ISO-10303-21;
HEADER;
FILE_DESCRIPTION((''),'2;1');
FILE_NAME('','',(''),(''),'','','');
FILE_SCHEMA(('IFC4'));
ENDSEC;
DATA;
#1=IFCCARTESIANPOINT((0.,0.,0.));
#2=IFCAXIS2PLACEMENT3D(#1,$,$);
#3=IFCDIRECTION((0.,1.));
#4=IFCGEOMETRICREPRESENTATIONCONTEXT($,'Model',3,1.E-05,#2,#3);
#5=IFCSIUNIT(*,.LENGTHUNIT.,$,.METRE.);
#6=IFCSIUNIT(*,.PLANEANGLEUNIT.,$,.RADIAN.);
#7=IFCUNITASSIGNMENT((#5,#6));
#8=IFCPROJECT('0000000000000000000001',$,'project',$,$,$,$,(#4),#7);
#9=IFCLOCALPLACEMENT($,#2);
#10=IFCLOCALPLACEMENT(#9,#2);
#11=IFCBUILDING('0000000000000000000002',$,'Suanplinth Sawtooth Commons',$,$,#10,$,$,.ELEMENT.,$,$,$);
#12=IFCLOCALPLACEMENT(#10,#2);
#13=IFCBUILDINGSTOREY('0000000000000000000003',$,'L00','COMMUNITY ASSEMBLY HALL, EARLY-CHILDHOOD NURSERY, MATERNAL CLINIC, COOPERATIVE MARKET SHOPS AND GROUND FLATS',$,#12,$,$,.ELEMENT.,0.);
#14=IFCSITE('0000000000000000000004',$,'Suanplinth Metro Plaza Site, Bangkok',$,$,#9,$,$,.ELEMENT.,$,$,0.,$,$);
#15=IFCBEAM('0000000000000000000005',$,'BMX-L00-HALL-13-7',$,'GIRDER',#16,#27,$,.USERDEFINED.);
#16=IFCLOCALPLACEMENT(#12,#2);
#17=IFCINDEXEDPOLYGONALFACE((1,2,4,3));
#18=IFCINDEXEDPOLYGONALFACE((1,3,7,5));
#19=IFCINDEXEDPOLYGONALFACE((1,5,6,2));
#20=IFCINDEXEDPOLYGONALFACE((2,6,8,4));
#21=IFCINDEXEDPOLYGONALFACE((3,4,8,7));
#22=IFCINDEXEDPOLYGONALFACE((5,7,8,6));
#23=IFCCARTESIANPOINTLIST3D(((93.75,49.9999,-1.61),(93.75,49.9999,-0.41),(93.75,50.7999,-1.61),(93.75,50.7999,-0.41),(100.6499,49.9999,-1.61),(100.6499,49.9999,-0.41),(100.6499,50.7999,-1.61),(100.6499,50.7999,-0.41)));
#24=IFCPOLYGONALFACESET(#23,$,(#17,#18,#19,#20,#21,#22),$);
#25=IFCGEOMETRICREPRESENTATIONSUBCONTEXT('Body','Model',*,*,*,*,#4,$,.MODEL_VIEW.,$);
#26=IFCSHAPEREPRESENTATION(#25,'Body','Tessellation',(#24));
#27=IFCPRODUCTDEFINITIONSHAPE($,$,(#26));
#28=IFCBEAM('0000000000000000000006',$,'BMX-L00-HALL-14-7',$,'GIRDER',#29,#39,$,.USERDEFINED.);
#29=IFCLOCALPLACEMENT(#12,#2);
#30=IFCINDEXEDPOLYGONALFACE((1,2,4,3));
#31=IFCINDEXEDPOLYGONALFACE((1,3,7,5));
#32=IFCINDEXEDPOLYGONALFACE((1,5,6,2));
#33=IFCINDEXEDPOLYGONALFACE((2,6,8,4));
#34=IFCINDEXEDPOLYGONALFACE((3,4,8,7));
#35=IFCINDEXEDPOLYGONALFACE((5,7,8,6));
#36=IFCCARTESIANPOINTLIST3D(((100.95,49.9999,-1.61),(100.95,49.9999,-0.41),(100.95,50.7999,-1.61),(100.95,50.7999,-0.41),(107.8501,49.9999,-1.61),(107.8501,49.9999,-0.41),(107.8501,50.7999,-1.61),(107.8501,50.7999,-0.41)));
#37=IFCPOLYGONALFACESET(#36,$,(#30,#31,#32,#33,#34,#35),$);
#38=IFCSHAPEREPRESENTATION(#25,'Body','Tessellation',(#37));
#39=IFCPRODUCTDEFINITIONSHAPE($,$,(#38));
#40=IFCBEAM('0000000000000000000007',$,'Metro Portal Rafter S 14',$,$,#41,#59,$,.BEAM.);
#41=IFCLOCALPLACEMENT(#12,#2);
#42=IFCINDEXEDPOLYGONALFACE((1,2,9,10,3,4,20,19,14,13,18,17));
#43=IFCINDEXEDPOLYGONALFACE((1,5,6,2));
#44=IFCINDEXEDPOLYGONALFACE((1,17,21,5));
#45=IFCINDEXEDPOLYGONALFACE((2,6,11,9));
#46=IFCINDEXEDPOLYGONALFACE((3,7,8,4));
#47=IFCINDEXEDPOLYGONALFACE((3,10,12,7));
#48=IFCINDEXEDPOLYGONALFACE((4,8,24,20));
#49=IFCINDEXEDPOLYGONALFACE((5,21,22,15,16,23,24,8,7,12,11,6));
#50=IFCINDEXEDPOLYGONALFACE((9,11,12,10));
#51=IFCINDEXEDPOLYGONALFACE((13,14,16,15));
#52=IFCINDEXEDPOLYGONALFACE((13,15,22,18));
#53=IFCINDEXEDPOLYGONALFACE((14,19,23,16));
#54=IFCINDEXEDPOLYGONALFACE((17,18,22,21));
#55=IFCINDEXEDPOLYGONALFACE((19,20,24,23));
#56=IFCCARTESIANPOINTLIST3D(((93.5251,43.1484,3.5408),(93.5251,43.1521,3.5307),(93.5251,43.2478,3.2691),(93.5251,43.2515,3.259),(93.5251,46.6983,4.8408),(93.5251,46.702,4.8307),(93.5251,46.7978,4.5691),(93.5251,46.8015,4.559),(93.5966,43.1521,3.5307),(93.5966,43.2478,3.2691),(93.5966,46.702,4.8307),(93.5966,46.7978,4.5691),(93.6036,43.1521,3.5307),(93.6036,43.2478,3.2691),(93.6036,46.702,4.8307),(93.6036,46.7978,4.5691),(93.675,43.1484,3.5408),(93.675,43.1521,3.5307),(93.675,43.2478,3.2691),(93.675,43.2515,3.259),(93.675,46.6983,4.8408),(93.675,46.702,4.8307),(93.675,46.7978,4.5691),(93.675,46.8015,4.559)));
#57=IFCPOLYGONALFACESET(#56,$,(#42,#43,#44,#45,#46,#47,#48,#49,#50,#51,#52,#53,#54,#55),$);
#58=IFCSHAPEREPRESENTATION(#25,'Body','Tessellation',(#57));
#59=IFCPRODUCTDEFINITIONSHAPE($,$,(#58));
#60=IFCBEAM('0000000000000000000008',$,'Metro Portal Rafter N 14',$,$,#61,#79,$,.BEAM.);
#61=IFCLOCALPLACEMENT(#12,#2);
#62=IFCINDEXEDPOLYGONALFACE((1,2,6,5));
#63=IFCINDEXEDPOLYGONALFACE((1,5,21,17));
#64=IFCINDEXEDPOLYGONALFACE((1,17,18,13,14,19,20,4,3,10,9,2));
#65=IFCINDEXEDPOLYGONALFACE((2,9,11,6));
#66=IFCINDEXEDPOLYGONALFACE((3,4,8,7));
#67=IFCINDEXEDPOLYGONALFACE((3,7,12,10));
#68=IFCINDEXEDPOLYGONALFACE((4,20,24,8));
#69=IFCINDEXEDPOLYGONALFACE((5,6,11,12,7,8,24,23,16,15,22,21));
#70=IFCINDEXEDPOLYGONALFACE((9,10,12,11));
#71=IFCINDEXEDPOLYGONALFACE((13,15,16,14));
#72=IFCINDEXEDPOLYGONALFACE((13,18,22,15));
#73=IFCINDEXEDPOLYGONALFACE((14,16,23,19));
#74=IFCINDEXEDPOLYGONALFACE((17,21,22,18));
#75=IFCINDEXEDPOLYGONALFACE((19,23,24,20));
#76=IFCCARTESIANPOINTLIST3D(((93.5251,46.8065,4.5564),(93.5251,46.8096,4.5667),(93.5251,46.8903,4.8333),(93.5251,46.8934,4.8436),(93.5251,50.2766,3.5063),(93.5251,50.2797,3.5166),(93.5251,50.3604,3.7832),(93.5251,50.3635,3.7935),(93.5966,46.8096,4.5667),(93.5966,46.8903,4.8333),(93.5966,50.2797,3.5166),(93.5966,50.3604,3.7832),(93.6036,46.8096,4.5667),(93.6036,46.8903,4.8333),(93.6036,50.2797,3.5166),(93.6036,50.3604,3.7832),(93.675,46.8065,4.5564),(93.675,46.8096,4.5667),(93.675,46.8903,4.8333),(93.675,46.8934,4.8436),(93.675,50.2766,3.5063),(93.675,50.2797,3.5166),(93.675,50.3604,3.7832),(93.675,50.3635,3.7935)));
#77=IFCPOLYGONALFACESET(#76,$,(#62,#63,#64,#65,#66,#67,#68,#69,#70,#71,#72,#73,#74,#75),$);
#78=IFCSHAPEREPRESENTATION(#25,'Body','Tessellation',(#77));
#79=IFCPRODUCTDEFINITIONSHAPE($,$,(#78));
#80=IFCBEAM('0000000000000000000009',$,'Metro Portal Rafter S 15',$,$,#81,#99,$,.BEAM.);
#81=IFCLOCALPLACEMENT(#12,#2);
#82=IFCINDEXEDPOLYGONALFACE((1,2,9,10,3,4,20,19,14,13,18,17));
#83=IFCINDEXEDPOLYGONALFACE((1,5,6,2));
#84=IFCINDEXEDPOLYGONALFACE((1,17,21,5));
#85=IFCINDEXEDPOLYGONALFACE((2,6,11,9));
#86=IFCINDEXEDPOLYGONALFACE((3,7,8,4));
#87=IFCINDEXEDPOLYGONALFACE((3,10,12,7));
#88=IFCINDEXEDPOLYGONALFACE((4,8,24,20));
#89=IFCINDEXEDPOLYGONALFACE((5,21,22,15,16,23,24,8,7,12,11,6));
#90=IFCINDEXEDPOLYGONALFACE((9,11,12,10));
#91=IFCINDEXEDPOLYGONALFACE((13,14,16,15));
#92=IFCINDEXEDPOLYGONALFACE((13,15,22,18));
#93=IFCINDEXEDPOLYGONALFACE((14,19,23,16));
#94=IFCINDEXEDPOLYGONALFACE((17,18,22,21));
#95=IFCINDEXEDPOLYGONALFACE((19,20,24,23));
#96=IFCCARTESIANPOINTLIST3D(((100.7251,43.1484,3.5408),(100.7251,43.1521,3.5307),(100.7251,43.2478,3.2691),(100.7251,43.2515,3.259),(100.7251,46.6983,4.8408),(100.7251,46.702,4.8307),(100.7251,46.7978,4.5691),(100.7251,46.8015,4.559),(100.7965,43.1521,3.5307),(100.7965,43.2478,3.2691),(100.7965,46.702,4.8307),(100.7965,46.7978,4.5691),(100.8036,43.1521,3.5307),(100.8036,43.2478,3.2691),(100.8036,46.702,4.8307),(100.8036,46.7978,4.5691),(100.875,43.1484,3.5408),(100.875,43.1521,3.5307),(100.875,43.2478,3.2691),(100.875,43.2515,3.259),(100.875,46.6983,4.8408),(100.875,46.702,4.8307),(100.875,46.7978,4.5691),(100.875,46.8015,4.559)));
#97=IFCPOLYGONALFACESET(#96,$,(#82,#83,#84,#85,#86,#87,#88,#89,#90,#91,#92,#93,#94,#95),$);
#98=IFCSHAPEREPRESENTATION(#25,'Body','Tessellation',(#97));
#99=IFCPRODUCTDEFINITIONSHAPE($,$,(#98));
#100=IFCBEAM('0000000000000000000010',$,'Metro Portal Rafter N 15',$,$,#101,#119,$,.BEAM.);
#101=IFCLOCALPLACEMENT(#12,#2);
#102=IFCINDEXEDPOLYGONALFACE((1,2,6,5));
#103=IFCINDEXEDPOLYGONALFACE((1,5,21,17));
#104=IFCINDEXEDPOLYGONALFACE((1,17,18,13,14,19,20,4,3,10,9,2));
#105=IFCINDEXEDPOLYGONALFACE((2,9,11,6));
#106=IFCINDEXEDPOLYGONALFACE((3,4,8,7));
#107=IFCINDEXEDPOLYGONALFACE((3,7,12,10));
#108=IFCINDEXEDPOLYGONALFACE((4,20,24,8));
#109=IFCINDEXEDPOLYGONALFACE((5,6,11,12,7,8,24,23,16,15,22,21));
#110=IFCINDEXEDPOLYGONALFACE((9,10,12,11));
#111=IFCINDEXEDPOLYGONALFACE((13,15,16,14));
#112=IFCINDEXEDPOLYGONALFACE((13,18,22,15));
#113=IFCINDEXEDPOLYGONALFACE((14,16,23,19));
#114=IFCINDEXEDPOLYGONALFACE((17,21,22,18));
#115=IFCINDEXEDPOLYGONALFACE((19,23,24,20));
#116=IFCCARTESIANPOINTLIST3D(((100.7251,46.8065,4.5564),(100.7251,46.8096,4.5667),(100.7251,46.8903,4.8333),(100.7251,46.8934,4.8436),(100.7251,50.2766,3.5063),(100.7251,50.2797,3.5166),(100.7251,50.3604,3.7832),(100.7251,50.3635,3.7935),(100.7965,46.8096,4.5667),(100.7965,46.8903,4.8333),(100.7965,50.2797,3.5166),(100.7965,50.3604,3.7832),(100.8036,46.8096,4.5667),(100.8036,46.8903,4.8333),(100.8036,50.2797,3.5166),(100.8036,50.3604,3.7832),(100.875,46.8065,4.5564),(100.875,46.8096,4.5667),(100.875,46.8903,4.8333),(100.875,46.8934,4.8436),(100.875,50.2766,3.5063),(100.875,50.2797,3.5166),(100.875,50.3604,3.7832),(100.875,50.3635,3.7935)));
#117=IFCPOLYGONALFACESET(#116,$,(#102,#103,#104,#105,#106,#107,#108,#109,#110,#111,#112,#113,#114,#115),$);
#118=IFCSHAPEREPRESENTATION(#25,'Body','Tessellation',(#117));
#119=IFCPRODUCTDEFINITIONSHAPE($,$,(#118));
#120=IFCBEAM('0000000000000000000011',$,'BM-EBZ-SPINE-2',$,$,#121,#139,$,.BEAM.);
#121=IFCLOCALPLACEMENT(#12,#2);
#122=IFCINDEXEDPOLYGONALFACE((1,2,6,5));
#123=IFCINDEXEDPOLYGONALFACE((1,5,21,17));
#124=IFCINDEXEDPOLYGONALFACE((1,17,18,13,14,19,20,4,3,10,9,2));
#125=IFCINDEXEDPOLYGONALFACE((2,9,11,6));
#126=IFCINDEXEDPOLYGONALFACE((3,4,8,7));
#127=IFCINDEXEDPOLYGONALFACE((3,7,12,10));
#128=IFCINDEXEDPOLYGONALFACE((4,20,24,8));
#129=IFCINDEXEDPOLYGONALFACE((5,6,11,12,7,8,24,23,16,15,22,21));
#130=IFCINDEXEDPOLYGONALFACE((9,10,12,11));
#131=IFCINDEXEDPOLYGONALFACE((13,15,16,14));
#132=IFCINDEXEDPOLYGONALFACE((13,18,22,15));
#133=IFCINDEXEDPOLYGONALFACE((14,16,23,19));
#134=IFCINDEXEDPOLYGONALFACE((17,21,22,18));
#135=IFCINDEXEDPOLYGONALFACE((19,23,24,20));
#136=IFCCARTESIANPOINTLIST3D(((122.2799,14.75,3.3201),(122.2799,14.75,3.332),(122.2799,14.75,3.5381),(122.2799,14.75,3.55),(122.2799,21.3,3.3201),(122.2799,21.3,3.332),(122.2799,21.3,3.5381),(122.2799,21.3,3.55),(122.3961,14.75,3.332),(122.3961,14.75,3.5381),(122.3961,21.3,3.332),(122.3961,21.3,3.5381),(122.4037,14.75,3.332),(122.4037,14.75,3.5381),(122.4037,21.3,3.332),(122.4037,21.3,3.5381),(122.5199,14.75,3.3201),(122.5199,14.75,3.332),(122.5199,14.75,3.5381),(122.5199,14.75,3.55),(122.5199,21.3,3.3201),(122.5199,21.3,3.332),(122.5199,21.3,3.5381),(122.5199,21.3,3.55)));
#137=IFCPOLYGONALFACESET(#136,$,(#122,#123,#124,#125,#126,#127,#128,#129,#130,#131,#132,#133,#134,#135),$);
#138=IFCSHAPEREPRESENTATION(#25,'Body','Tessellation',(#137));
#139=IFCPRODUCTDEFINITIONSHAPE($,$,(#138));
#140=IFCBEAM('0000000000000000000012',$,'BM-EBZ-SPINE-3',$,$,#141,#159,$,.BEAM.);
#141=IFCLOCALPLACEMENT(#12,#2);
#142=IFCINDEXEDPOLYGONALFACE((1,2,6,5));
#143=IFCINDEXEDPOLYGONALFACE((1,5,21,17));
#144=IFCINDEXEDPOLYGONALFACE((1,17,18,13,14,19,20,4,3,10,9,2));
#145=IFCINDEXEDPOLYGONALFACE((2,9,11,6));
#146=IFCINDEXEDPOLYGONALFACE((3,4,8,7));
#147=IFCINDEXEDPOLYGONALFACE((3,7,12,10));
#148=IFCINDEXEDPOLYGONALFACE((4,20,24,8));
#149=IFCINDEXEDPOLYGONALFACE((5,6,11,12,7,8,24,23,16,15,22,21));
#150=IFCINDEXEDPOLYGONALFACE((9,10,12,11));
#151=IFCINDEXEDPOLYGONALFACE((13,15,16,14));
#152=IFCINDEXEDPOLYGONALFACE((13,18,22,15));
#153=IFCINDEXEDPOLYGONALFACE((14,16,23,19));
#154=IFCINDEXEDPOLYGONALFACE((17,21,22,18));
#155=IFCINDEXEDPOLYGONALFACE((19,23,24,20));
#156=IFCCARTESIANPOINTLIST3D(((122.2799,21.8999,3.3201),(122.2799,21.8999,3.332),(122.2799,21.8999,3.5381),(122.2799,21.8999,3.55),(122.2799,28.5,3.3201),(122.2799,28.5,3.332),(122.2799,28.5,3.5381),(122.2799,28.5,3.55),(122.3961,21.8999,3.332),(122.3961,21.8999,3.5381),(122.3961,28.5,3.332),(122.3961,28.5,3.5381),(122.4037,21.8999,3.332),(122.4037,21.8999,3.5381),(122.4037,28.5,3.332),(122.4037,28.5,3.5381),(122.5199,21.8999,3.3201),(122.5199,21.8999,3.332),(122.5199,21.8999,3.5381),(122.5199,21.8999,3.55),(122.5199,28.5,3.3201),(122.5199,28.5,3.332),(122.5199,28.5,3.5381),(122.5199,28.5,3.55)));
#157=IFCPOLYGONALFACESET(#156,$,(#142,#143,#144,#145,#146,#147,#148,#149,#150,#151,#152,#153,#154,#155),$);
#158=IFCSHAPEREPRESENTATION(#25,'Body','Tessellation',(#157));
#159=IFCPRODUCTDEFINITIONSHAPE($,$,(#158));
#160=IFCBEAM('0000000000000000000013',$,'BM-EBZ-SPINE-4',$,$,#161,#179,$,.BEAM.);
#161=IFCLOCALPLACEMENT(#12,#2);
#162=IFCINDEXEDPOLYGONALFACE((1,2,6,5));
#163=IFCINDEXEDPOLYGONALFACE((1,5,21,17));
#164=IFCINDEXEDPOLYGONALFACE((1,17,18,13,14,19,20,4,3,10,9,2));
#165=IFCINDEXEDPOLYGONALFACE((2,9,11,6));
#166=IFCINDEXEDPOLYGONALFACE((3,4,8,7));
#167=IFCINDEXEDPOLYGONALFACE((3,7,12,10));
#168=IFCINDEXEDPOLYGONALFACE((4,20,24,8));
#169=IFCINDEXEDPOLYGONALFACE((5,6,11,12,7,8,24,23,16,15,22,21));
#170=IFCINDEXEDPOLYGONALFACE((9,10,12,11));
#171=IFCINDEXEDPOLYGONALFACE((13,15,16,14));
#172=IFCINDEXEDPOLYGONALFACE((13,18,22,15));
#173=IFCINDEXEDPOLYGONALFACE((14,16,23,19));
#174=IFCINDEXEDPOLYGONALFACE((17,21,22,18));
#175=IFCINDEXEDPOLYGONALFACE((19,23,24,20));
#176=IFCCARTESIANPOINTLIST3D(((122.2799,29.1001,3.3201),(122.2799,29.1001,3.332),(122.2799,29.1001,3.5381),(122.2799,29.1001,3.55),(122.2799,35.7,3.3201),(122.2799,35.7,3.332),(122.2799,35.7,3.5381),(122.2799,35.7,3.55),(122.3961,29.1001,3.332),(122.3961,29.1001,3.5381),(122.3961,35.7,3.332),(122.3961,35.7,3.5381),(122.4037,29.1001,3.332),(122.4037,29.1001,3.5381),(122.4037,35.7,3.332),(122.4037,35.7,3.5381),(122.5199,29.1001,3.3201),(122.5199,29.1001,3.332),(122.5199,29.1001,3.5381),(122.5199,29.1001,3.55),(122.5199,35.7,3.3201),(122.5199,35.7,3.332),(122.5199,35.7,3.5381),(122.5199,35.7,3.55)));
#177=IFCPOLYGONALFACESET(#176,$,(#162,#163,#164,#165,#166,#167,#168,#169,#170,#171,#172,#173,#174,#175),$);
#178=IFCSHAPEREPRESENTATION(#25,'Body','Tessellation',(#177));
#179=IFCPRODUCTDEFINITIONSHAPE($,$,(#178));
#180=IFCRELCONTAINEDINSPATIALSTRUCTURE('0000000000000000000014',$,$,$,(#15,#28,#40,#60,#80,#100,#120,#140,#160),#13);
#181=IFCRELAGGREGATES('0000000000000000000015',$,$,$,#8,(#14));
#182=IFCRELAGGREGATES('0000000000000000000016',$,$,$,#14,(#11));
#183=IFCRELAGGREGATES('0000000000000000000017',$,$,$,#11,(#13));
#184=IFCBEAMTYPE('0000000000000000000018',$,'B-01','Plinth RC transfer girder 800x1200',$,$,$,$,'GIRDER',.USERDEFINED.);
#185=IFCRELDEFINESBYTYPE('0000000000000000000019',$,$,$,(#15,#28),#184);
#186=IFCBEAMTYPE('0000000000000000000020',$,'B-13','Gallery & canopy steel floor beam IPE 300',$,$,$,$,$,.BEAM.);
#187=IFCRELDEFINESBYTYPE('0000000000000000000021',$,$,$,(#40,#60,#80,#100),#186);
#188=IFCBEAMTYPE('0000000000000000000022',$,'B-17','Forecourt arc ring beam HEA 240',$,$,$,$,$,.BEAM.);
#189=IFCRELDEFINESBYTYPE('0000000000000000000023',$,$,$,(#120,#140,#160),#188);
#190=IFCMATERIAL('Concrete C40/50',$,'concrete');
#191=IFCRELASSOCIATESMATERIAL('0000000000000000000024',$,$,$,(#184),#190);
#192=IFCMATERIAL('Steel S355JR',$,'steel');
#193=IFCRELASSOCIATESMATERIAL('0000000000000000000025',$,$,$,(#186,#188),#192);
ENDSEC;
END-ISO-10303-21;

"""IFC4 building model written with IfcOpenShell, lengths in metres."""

from ifc_helpers import new_model, si_unit, direction, frame, origin, origin_2d, place, context, subcontext, project, spatial, rectangle, i_section, extrude, material, material_profile, profile_set, type_object, element, save


model = new_model("IFC4")

# Units and contexts
model_context = context("Model", 3, precision=1e-05, world=origin(), true_north=direction((0.0, 1.0)))
body_context = subcontext(model_context, "Body", "Model", "MODEL_VIEW")
ifc_project = project(units=[si_unit("LENGTHUNIT", "METRE"), si_unit("PLANEANGLEUNIT", "RADIAN")], contexts=[model_context])

# Site, building, storey
site_placement = place(None, origin())
site = spatial("IfcSite", under=ifc_project, at=site_placement, Name="Suanplinth Metro Plaza Site, Bangkok", CompositionType="ELEMENT", RefElevation=0.0)
building_placement = place(site_placement, origin())
building = spatial("IfcBuilding", under=site, at=building_placement, Name="Suanplinth Sawtooth Commons", CompositionType="ELEMENT")
storey_placement = place(building_placement, origin())
storey = spatial("IfcBuildingStorey", under=building, at=storey_placement, Name="L00", Description="COMMUNITY ASSEMBLY HALL, EARLY-CHILDHOOD NURSERY, MATERNAL CLINIC, COOPERATIVE MARKET SHOPS AND GROUND FLATS", CompositionType="ELEMENT", Elevation=0.0)

# Shared definitions
ifc_material_1 = material(Name="Concrete C40/50", Category="concrete")
ifc_material_2 = material(Name="Steel S355JR", Category="steel")

# Beams
ifc_material_profile_1 = material_profile(ifc_material_1, rectangle(XDim=0.8, YDim=1.2, at=origin_2d()), Name="RC-TG 800x1200")
ifc_profile_set_1 = profile_set([ifc_material_profile_1], Name="Concrete C40/50")
beam_type_1 = type_object("IfcBeamType", Name="B-01", Description="Plinth RC transfer girder 800x1200", ElementType="GIRDER", PredefinedType="USERDEFINED", material=ifc_profile_set_1)
beam_1_placement = place(storey_placement, frame((93.75, 50.3999, -1.01), z_axis=(1.0, 0.0, 0.0), x_axis=(0.0, 1.0, 0.0)))
element("IfcBeam", 1, at=beam_1_placement, inside=storey, type_object=beam_type_1, Name="BMX-L00-HALL-13-7", ObjectType="GIRDER", PredefinedType="USERDEFINED", context=body_context, shape_type="SweptSolid", body=[
    extrude(rectangle(XDim=0.8, YDim=1.2, at=origin_2d()), origin(), (0.0, 0.0, 1.0), 6.8999),
])
beam_2_placement = place(storey_placement, frame((100.95, 50.3999, -1.01), z_axis=(1.0, 0.0, 0.0), x_axis=(0.0, 1.0, 0.0)))
element("IfcBeam", 2, at=beam_2_placement, inside=storey, type_object=beam_type_1, Name="BMX-L00-HALL-14-7", ObjectType="GIRDER", PredefinedType="USERDEFINED", context=body_context, shape_type="SweptSolid", body=[
    extrude(rectangle(XDim=0.8, YDim=1.2, at=origin_2d()), origin(), (0.0, 0.0, 1.0), 6.9001),
])
ifc_material_profile_2 = material_profile(ifc_material_2, i_section(OverallWidth=0.1499, OverallDepth=0.3, WebThickness=0.0071, FlangeThickness=0.0107, at=origin_2d()), Name="IPE 300")
ifc_profile_set_2 = profile_set([ifc_material_profile_2], Name="Steel S355JR")
beam_type_2 = type_object("IfcBeamType", Name="B-13", Description="Gallery & canopy steel floor beam IPE 300", PredefinedType="BEAM", material=ifc_profile_set_2)
beam_3_placement = place(storey_placement, frame((93.6001, 43.2, 3.3999), z_axis=(0.0, 0.939016, 0.343873), x_axis=(-1.0, 0.0, 0.0)))
element("IfcBeam", 3, at=beam_3_placement, inside=storey, type_object=beam_type_2, Name="Metro Portal Rafter S 14", PredefinedType="BEAM", context=body_context, shape_type="SweptSolid", body=[
    extrude(i_section(OverallWidth=0.1499, OverallDepth=0.3, WebThickness=0.0071, FlangeThickness=0.0107, at=origin_2d()), origin(), (0.0, 0.0, 1.0), 3.7805),
])
beam_4_placement = place(storey_placement, frame((93.6001, 50.3201, 3.6499), z_axis=(0.0, -0.957136, 0.289639), x_axis=(1.0, 0.0, 0.0)))
element("IfcBeam", 4, at=beam_4_placement, inside=storey, type_object=beam_type_2, Name="Metro Portal Rafter N 14", PredefinedType="BEAM", context=body_context, shape_type="SweptSolid", body=[
    extrude(i_section(OverallWidth=0.1499, OverallDepth=0.3, WebThickness=0.0071, FlangeThickness=0.0107, at=origin_2d()), origin(), (0.0, 0.0, 1.0), 3.6255),
])
beam_5_placement = place(storey_placement, frame((100.8, 43.2, 3.3999), z_axis=(0.0, 0.939016, 0.343873), x_axis=(-1.0, 0.0, 0.0)))
element("IfcBeam", 5, at=beam_5_placement, inside=storey, type_object=beam_type_2, Name="Metro Portal Rafter S 15", PredefinedType="BEAM", context=body_context, shape_type="SweptSolid", body=[
    extrude(i_section(OverallWidth=0.1499, OverallDepth=0.3, WebThickness=0.0071, FlangeThickness=0.0107, at=origin_2d()), origin(), (0.0, 0.0, 1.0), 3.7805),
])
beam_6_placement = place(storey_placement, frame((100.8, 50.3201, 3.6499), z_axis=(0.0, -0.957136, 0.289639), x_axis=(1.0, 0.0, 0.0)))
element("IfcBeam", 6, at=beam_6_placement, inside=storey, type_object=beam_type_2, Name="Metro Portal Rafter N 15", PredefinedType="BEAM", context=body_context, shape_type="SweptSolid", body=[
    extrude(i_section(OverallWidth=0.1499, OverallDepth=0.3, WebThickness=0.0071, FlangeThickness=0.0107, at=origin_2d()), origin(), (0.0, 0.0, 1.0), 3.6255),
])
ifc_material_profile_3 = material_profile(ifc_material_2, i_section(OverallWidth=0.24, OverallDepth=0.23, WebThickness=0.0076, FlangeThickness=0.012, at=origin_2d()), Name="HEA 240")
ifc_profile_set_3 = profile_set([ifc_material_profile_3], Name="Steel S355JR")
beam_type_3 = type_object("IfcBeamType", Name="B-17", Description="Forecourt arc ring beam HEA 240", PredefinedType="BEAM", material=ifc_profile_set_3)
beam_7_placement = place(storey_placement, frame((122.3999, 14.75, 3.4351), z_axis=(0.0, 1.0, 0.0), x_axis=(-1.0, 0.0, 0.0)))
element("IfcBeam", 7, at=beam_7_placement, inside=storey, type_object=beam_type_3, Name="BM-EBZ-SPINE-2", PredefinedType="BEAM", context=body_context, shape_type="SweptSolid", body=[
    extrude(i_section(OverallWidth=0.24, OverallDepth=0.23, WebThickness=0.0076, FlangeThickness=0.012, at=origin_2d()), origin(), (0.0, 0.0, 1.0), 6.55),
])
beam_8_placement = place(storey_placement, frame((122.3999, 21.8999, 3.4351), z_axis=(0.0, 1.0, 0.0), x_axis=(-1.0, 0.0, 0.0)))
element("IfcBeam", 8, at=beam_8_placement, inside=storey, type_object=beam_type_3, Name="BM-EBZ-SPINE-3", PredefinedType="BEAM", context=body_context, shape_type="SweptSolid", body=[
    extrude(i_section(OverallWidth=0.24, OverallDepth=0.23, WebThickness=0.0076, FlangeThickness=0.012, at=origin_2d()), origin(), (0.0, 0.0, 1.0), 6.6001),
])
for number, where, z_axis, x_axis, name in (
    (9, (122.3999, 29.1001, 3.4351), (0.0, 1.0, 0.0), (-1.0, 0.0, 0.0), "BM-EBZ-SPINE-4"),
):
    element("IfcBeam", number, at=place(storey_placement, frame(where, z_axis=z_axis, x_axis=x_axis)), inside=storey, type_object=beam_type_3, Name=name, PredefinedType="BEAM", context=body_context, shape_type="SweptSolid", body=[
        extrude(i_section(OverallWidth=0.24, OverallDepth=0.23, WebThickness=0.0076, FlangeThickness=0.012, at=origin_2d()), origin(), (0.0, 0.0, 1.0), 6.5999),
    ])

save(model, "model.ifc")
